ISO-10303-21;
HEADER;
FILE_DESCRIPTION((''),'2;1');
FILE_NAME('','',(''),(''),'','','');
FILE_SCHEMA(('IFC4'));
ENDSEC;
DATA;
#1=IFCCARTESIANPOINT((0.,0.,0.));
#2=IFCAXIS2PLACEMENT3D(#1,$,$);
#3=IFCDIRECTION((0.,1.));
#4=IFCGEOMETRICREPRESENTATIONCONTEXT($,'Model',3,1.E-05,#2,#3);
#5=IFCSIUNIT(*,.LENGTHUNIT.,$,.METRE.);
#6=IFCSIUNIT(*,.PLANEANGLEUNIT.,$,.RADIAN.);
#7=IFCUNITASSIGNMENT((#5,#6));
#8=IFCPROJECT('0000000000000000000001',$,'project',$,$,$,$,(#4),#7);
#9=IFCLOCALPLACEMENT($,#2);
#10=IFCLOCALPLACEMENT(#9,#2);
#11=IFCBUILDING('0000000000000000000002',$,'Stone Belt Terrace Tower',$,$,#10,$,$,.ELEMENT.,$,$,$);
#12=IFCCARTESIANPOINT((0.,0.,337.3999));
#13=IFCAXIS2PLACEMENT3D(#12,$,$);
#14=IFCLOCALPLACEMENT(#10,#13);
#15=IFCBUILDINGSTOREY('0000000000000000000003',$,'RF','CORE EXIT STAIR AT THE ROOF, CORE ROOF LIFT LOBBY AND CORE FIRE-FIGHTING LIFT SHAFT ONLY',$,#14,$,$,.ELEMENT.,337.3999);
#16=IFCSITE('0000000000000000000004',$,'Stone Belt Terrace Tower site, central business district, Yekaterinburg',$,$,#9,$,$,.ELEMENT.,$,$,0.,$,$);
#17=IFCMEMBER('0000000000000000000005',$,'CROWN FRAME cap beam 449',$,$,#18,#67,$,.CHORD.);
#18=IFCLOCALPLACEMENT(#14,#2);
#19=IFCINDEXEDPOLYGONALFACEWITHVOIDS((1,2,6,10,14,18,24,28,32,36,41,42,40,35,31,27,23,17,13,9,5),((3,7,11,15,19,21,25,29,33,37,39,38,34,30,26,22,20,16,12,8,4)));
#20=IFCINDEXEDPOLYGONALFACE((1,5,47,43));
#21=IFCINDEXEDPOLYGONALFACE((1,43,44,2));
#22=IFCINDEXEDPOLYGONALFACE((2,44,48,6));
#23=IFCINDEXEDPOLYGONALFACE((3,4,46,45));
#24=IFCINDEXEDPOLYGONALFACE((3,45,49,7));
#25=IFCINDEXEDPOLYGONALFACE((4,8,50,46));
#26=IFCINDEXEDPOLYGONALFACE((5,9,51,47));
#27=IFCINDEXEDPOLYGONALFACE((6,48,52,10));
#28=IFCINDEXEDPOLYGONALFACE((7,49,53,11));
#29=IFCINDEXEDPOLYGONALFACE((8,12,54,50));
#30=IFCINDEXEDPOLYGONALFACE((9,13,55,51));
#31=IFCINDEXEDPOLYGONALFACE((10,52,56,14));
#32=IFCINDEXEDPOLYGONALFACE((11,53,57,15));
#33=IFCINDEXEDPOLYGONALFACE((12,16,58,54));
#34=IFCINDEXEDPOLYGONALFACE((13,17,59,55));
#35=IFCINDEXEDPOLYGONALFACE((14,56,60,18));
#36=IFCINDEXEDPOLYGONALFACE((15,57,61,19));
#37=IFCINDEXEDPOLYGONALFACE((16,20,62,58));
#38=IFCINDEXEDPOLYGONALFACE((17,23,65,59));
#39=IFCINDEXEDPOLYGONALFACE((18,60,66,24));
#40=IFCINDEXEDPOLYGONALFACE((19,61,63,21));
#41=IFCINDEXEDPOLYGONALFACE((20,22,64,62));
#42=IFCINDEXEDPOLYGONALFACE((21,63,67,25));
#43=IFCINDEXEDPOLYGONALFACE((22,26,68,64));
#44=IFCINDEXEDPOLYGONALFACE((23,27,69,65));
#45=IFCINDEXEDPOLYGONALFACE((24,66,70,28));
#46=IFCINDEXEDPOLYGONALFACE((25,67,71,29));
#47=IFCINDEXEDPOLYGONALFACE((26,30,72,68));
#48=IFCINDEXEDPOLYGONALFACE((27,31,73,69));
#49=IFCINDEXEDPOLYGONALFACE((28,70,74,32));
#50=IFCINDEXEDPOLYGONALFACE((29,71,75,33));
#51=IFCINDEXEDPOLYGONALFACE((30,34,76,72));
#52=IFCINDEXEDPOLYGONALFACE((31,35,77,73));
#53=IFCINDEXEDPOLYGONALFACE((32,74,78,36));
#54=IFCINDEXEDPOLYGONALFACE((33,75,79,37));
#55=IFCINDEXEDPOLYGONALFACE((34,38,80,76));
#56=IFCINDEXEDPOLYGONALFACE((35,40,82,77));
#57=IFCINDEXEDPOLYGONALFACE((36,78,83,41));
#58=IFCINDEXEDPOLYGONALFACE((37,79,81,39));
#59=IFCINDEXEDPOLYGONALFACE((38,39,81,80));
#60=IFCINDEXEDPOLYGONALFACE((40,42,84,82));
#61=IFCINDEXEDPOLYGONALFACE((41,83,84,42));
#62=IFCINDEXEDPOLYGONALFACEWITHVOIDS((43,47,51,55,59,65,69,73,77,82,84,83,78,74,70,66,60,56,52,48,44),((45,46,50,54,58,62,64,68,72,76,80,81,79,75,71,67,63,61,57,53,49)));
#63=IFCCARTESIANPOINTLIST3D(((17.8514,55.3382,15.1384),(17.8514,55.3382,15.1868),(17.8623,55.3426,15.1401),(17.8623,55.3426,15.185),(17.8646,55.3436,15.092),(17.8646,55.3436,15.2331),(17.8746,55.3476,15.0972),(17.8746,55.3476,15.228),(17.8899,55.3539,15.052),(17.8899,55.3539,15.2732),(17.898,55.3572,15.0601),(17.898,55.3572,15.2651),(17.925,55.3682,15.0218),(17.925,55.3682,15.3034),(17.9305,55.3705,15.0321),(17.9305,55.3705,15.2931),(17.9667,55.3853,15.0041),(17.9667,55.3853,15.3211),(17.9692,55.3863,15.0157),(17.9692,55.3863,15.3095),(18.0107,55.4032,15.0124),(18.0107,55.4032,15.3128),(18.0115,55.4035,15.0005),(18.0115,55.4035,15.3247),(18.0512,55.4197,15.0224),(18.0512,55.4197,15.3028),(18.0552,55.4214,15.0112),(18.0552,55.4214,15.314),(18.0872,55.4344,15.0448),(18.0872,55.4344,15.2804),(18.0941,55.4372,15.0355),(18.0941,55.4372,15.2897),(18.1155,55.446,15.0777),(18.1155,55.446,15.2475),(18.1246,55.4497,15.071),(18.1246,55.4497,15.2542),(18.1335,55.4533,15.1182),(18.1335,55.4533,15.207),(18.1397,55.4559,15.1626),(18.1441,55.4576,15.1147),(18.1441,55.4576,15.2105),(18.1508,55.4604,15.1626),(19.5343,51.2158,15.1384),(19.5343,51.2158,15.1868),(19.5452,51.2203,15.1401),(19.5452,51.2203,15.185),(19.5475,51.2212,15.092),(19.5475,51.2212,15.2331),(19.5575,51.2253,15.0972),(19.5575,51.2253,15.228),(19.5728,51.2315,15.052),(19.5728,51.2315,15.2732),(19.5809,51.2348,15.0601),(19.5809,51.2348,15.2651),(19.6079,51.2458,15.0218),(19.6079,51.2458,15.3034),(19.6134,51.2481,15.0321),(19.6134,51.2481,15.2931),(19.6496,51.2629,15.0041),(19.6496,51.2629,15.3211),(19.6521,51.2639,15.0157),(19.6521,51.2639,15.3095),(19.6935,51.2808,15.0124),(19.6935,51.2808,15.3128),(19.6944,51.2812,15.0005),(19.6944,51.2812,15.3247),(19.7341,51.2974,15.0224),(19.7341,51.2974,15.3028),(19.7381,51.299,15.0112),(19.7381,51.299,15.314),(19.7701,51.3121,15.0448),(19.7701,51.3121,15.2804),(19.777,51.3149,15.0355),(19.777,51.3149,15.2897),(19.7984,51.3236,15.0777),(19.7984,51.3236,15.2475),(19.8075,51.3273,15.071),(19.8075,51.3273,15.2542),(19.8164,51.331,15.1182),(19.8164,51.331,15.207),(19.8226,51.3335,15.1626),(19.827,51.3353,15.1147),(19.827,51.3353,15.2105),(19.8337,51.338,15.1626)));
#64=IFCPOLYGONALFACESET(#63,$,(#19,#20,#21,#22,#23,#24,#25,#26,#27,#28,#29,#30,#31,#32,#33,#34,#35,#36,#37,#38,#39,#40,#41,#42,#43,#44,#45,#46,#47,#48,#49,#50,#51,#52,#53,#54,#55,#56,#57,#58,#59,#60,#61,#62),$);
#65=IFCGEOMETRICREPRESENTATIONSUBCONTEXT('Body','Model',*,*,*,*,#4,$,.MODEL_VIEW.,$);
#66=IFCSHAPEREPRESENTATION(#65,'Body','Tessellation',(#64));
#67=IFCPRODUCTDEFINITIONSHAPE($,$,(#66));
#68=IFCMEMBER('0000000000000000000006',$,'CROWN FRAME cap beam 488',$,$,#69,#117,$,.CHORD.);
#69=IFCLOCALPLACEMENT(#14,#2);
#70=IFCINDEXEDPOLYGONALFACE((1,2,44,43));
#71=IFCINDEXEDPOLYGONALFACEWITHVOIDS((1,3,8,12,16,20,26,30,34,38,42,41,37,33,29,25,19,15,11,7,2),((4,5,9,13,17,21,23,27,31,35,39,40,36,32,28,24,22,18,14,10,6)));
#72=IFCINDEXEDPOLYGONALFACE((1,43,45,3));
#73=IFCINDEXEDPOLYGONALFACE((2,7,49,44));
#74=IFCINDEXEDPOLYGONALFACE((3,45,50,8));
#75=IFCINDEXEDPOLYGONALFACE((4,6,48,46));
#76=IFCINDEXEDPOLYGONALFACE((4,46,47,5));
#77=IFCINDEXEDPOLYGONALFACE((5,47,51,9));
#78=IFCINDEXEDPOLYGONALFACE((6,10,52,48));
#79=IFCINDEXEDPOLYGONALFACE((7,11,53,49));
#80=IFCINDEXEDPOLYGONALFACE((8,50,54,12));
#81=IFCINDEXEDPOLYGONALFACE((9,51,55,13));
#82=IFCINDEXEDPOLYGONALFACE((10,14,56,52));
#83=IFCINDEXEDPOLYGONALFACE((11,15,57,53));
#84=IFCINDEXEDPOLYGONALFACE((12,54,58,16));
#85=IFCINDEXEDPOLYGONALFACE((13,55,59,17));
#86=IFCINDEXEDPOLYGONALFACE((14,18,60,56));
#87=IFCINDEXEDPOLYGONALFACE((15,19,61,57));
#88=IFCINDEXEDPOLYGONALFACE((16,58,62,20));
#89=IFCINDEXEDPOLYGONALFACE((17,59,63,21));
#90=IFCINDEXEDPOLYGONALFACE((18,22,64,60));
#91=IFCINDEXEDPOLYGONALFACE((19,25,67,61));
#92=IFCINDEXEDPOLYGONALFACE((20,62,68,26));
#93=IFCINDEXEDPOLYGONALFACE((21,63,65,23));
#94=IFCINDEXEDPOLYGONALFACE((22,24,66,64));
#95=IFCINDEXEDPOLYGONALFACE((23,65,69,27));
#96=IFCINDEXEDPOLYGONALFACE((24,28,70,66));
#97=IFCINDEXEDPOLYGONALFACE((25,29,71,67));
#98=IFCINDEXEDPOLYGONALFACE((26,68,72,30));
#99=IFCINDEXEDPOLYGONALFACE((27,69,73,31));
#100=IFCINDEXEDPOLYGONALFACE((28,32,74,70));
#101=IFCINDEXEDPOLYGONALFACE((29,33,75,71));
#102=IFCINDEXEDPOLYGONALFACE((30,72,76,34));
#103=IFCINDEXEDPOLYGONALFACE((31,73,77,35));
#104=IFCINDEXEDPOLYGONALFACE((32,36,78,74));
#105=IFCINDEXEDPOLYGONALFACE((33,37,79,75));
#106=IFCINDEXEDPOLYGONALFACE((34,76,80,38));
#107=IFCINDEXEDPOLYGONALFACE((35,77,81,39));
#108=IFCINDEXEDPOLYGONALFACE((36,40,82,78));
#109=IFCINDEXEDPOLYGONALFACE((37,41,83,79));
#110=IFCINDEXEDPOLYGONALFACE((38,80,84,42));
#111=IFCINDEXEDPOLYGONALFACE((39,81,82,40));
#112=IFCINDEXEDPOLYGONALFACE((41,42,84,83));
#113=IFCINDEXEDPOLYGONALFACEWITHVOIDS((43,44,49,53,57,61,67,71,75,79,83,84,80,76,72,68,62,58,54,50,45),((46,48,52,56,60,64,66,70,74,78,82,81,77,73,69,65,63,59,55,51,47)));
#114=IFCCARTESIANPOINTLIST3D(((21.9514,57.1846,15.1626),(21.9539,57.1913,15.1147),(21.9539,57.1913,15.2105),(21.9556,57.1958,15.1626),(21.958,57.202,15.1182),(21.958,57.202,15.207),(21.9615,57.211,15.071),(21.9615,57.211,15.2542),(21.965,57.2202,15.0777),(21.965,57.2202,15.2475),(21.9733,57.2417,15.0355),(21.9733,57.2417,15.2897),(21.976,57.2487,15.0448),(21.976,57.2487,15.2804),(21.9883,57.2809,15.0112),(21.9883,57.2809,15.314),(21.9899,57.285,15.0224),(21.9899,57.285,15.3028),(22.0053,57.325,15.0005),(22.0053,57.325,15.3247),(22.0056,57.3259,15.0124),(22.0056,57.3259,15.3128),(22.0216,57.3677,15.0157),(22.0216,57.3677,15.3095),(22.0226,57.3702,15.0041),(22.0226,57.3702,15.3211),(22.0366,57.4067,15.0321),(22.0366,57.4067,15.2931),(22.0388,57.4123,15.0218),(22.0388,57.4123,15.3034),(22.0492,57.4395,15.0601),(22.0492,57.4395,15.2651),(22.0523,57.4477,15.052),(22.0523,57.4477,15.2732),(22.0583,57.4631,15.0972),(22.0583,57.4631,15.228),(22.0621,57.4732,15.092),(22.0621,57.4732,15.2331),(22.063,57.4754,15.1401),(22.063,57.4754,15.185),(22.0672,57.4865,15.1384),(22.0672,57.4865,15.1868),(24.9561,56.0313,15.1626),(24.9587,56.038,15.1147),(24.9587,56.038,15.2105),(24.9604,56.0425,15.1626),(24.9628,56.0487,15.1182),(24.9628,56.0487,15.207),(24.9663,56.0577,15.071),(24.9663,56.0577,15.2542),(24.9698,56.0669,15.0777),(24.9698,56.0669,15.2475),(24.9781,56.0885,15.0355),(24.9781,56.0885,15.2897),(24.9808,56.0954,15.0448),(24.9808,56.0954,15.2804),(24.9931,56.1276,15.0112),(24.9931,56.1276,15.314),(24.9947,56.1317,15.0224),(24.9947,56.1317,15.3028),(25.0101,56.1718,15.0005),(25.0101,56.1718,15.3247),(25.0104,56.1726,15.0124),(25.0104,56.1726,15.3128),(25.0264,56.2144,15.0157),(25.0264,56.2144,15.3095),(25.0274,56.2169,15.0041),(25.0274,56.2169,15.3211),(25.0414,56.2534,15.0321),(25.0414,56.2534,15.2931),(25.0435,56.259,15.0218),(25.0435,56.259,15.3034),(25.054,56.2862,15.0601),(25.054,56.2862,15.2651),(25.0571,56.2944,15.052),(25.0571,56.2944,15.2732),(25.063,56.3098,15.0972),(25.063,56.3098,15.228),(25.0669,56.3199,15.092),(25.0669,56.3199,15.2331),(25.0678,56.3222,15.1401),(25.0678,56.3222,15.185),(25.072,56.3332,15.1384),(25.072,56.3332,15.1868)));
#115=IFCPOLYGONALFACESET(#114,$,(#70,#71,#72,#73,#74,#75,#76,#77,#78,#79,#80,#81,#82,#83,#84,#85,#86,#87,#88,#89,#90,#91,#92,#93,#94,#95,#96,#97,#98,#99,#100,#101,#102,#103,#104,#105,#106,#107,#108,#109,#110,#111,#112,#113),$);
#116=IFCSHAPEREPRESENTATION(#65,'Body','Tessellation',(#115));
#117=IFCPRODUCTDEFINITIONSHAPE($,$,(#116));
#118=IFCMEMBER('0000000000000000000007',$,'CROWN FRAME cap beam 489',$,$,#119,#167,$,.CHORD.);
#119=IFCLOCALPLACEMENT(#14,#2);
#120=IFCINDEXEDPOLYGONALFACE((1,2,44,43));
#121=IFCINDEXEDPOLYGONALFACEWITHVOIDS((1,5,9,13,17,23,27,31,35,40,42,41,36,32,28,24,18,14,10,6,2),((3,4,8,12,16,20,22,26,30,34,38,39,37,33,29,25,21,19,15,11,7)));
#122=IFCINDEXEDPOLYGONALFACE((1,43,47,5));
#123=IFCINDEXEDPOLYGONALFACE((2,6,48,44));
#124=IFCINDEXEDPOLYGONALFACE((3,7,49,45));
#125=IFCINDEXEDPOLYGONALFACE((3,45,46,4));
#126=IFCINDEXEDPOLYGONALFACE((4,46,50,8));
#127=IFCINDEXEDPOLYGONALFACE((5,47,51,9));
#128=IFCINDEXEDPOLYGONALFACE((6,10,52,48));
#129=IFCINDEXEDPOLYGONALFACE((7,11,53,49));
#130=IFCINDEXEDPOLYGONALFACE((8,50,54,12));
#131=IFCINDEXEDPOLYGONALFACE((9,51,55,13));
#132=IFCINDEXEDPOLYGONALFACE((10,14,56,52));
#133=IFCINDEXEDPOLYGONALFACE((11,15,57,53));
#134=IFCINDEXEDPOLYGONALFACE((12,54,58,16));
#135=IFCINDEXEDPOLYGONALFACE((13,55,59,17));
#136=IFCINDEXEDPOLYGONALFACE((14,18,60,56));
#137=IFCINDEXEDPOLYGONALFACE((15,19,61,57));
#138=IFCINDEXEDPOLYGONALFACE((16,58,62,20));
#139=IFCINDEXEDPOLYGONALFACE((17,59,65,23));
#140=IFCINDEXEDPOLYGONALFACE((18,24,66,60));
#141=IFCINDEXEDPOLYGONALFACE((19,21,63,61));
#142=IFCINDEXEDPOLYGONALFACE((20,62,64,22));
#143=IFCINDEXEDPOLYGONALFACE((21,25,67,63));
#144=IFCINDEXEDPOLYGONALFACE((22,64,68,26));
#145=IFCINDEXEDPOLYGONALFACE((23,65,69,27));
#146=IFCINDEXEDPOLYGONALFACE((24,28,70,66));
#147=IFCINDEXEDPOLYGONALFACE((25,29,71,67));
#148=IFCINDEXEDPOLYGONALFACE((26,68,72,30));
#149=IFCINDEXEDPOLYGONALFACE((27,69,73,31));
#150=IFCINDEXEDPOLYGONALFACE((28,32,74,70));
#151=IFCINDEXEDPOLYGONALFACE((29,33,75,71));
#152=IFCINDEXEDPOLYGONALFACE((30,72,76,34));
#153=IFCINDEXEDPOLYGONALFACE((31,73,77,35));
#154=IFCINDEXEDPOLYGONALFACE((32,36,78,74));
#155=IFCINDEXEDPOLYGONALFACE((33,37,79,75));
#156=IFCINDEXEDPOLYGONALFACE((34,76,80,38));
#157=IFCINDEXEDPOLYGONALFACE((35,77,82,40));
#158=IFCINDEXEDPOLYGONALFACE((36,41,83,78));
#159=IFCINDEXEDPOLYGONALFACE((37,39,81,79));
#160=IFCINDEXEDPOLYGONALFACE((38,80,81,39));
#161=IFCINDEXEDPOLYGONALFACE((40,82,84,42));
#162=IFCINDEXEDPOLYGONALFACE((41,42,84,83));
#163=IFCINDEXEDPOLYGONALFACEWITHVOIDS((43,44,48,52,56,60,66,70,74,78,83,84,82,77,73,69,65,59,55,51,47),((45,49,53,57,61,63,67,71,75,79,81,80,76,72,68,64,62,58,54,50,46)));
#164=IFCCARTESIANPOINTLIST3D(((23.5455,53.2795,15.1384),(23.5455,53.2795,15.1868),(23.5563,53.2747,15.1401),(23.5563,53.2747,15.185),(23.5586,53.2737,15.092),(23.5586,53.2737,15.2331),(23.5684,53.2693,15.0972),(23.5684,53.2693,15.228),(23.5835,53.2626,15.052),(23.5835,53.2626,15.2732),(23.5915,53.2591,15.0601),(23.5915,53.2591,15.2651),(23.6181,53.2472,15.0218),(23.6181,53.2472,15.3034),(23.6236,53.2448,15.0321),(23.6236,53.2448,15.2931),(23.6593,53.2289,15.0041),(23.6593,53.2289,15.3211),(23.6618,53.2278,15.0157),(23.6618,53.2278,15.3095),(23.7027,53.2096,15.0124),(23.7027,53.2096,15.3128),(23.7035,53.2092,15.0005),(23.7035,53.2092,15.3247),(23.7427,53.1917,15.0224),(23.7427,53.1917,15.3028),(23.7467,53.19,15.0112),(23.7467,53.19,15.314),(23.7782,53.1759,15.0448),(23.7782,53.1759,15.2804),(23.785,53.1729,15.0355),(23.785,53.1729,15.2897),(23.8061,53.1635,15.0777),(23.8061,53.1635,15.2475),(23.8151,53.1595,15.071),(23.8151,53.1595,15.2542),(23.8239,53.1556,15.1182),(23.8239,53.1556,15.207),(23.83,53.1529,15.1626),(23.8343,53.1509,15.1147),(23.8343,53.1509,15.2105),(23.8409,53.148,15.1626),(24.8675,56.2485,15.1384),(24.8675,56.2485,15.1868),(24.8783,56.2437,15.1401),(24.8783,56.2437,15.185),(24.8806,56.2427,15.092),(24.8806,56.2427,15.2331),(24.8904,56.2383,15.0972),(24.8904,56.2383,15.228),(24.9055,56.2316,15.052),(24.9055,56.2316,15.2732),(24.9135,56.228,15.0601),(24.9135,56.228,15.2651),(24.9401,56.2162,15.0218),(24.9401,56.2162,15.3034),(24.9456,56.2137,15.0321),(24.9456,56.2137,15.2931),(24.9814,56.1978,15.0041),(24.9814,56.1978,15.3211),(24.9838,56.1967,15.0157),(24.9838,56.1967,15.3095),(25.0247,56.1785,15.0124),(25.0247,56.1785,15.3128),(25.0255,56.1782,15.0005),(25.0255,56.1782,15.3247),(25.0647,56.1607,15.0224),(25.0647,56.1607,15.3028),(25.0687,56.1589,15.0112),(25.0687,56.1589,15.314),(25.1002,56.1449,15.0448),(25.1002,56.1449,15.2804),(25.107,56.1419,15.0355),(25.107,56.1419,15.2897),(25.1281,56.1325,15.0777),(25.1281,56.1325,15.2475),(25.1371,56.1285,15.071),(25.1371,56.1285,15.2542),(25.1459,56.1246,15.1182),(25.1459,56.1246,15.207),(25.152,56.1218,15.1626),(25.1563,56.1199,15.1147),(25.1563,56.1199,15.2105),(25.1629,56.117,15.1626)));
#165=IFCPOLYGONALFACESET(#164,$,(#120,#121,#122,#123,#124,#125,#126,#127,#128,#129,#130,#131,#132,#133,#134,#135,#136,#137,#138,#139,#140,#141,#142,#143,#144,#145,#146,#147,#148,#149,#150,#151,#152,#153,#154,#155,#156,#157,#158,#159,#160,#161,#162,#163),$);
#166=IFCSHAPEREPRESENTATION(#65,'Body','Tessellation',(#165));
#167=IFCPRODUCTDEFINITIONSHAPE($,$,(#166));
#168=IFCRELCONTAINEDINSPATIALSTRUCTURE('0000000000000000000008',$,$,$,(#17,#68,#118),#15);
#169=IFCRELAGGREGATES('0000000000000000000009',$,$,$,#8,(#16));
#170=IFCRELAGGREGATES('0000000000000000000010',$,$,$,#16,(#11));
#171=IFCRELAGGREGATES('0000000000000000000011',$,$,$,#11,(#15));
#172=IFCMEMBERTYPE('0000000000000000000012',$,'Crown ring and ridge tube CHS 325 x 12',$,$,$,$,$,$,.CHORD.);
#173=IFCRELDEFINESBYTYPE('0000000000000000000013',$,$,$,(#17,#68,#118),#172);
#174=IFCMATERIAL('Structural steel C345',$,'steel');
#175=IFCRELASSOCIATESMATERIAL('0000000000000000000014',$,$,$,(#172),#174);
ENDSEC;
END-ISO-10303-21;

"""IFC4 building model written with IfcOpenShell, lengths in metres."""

from ifc_helpers import new_model, si_unit, direction, frame, origin, origin_2d, place, context, subcontext, project, spatial, hollow_circle, extrude, material, material_profile, profile_set, type_object, element, save


model = new_model("IFC4")

# Units and contexts
model_context = context("Model", 3, precision=1e-05, world=origin(), true_north=direction((0.0, 1.0)))
body_context = subcontext(model_context, "Body", "Model", "MODEL_VIEW")
ifc_project = project(units=[si_unit("LENGTHUNIT", "METRE"), si_unit("PLANEANGLEUNIT", "RADIAN")], contexts=[model_context])

# Site, building, storey
site_placement = place(None, origin())
site = spatial("IfcSite", under=ifc_project, at=site_placement, Name="Stone Belt Terrace Tower site, central business district, Yekaterinburg", CompositionType="ELEMENT", RefElevation=0.0)
building_placement = place(site_placement, origin())
building = spatial("IfcBuilding", under=site, at=building_placement, Name="Stone Belt Terrace Tower", CompositionType="ELEMENT")
storey_placement = place(building_placement, frame((0.0, 0.0, 337.3999)))
storey = spatial("IfcBuildingStorey", under=building, at=storey_placement, Name="RF", Description="CORE EXIT STAIR AT THE ROOF, CORE ROOF LIFT LOBBY AND CORE FIRE-FIGHTING LIFT SHAFT ONLY", CompositionType="ELEMENT", Elevation=337.3999)

# Members
ifc_material_1 = material(Name="Structural steel C345", Category="steel")
ifc_material_profile_1 = material_profile(ifc_material_1, hollow_circle(Radius=0.1626, WallThickness=0.012, at=origin_2d()), Name="Structural steel C345 CHS 325x12")
ifc_profile_set_1 = profile_set([ifc_material_profile_1], Name="Structural steel C345")
member_type_1 = type_object("IfcMemberType", Name="Crown ring and ridge tube CHS 325 x 12", PredefinedType="CHORD", material=ifc_profile_set_1)
member_1_placement = place(storey_placement, frame((18.0002, 55.3989, 15.1626), z_axis=(0.377952, -0.925825, 0.0), x_axis=(0.925825, 0.377952, 0.0)))
element("IfcMember", 1, at=member_1_placement, inside=storey, type_object=member_type_1, Name="CROWN FRAME cap beam 449", PredefinedType="CHORD", context=body_context, shape_type="SweptSolid", body=[
    extrude(hollow_circle(Radius=0.1626, WallThickness=0.012, at=origin_2d()), origin(), (0.0, 0.0, 1.0), 4.4526),
])
member_2_placement = place(storey_placement, frame((25.0144, 56.1831, 15.1626), z_axis=(-0.933596, 0.358328, 0.0), x_axis=(-0.358328, -0.933596, 0.0)))
element("IfcMember", 2, at=member_2_placement, inside=storey, type_object=member_type_1, Name="CROWN FRAME cap beam 488", PredefinedType="CHORD", context=body_context, shape_type="SweptSolid", body=[
    extrude(hollow_circle(Radius=0.1626, WallThickness=0.012, at=origin_2d()), origin(), (0.0, 0.0, 1.0), 3.2185),
])
for number, where, z_axis, x_axis, name in (
    (3, (25.0144, 56.1831, 15.1626), (-0.406773, -0.913529, 0.0), (0.913529, -0.406773, 0.0), "CROWN FRAME cap beam 489"),
):
    element("IfcMember", number, at=place(storey_placement, frame(where, z_axis=z_axis, x_axis=x_axis)), inside=storey, type_object=member_type_1, Name=name, PredefinedType="CHORD", context=body_context, shape_type="SweptSolid", body=[
        extrude(hollow_circle(Radius=0.1626, WallThickness=0.012, at=origin_2d()), origin(), (0.0, 0.0, 1.0), 3.25),
    ])

save(model, "model.ifc")
